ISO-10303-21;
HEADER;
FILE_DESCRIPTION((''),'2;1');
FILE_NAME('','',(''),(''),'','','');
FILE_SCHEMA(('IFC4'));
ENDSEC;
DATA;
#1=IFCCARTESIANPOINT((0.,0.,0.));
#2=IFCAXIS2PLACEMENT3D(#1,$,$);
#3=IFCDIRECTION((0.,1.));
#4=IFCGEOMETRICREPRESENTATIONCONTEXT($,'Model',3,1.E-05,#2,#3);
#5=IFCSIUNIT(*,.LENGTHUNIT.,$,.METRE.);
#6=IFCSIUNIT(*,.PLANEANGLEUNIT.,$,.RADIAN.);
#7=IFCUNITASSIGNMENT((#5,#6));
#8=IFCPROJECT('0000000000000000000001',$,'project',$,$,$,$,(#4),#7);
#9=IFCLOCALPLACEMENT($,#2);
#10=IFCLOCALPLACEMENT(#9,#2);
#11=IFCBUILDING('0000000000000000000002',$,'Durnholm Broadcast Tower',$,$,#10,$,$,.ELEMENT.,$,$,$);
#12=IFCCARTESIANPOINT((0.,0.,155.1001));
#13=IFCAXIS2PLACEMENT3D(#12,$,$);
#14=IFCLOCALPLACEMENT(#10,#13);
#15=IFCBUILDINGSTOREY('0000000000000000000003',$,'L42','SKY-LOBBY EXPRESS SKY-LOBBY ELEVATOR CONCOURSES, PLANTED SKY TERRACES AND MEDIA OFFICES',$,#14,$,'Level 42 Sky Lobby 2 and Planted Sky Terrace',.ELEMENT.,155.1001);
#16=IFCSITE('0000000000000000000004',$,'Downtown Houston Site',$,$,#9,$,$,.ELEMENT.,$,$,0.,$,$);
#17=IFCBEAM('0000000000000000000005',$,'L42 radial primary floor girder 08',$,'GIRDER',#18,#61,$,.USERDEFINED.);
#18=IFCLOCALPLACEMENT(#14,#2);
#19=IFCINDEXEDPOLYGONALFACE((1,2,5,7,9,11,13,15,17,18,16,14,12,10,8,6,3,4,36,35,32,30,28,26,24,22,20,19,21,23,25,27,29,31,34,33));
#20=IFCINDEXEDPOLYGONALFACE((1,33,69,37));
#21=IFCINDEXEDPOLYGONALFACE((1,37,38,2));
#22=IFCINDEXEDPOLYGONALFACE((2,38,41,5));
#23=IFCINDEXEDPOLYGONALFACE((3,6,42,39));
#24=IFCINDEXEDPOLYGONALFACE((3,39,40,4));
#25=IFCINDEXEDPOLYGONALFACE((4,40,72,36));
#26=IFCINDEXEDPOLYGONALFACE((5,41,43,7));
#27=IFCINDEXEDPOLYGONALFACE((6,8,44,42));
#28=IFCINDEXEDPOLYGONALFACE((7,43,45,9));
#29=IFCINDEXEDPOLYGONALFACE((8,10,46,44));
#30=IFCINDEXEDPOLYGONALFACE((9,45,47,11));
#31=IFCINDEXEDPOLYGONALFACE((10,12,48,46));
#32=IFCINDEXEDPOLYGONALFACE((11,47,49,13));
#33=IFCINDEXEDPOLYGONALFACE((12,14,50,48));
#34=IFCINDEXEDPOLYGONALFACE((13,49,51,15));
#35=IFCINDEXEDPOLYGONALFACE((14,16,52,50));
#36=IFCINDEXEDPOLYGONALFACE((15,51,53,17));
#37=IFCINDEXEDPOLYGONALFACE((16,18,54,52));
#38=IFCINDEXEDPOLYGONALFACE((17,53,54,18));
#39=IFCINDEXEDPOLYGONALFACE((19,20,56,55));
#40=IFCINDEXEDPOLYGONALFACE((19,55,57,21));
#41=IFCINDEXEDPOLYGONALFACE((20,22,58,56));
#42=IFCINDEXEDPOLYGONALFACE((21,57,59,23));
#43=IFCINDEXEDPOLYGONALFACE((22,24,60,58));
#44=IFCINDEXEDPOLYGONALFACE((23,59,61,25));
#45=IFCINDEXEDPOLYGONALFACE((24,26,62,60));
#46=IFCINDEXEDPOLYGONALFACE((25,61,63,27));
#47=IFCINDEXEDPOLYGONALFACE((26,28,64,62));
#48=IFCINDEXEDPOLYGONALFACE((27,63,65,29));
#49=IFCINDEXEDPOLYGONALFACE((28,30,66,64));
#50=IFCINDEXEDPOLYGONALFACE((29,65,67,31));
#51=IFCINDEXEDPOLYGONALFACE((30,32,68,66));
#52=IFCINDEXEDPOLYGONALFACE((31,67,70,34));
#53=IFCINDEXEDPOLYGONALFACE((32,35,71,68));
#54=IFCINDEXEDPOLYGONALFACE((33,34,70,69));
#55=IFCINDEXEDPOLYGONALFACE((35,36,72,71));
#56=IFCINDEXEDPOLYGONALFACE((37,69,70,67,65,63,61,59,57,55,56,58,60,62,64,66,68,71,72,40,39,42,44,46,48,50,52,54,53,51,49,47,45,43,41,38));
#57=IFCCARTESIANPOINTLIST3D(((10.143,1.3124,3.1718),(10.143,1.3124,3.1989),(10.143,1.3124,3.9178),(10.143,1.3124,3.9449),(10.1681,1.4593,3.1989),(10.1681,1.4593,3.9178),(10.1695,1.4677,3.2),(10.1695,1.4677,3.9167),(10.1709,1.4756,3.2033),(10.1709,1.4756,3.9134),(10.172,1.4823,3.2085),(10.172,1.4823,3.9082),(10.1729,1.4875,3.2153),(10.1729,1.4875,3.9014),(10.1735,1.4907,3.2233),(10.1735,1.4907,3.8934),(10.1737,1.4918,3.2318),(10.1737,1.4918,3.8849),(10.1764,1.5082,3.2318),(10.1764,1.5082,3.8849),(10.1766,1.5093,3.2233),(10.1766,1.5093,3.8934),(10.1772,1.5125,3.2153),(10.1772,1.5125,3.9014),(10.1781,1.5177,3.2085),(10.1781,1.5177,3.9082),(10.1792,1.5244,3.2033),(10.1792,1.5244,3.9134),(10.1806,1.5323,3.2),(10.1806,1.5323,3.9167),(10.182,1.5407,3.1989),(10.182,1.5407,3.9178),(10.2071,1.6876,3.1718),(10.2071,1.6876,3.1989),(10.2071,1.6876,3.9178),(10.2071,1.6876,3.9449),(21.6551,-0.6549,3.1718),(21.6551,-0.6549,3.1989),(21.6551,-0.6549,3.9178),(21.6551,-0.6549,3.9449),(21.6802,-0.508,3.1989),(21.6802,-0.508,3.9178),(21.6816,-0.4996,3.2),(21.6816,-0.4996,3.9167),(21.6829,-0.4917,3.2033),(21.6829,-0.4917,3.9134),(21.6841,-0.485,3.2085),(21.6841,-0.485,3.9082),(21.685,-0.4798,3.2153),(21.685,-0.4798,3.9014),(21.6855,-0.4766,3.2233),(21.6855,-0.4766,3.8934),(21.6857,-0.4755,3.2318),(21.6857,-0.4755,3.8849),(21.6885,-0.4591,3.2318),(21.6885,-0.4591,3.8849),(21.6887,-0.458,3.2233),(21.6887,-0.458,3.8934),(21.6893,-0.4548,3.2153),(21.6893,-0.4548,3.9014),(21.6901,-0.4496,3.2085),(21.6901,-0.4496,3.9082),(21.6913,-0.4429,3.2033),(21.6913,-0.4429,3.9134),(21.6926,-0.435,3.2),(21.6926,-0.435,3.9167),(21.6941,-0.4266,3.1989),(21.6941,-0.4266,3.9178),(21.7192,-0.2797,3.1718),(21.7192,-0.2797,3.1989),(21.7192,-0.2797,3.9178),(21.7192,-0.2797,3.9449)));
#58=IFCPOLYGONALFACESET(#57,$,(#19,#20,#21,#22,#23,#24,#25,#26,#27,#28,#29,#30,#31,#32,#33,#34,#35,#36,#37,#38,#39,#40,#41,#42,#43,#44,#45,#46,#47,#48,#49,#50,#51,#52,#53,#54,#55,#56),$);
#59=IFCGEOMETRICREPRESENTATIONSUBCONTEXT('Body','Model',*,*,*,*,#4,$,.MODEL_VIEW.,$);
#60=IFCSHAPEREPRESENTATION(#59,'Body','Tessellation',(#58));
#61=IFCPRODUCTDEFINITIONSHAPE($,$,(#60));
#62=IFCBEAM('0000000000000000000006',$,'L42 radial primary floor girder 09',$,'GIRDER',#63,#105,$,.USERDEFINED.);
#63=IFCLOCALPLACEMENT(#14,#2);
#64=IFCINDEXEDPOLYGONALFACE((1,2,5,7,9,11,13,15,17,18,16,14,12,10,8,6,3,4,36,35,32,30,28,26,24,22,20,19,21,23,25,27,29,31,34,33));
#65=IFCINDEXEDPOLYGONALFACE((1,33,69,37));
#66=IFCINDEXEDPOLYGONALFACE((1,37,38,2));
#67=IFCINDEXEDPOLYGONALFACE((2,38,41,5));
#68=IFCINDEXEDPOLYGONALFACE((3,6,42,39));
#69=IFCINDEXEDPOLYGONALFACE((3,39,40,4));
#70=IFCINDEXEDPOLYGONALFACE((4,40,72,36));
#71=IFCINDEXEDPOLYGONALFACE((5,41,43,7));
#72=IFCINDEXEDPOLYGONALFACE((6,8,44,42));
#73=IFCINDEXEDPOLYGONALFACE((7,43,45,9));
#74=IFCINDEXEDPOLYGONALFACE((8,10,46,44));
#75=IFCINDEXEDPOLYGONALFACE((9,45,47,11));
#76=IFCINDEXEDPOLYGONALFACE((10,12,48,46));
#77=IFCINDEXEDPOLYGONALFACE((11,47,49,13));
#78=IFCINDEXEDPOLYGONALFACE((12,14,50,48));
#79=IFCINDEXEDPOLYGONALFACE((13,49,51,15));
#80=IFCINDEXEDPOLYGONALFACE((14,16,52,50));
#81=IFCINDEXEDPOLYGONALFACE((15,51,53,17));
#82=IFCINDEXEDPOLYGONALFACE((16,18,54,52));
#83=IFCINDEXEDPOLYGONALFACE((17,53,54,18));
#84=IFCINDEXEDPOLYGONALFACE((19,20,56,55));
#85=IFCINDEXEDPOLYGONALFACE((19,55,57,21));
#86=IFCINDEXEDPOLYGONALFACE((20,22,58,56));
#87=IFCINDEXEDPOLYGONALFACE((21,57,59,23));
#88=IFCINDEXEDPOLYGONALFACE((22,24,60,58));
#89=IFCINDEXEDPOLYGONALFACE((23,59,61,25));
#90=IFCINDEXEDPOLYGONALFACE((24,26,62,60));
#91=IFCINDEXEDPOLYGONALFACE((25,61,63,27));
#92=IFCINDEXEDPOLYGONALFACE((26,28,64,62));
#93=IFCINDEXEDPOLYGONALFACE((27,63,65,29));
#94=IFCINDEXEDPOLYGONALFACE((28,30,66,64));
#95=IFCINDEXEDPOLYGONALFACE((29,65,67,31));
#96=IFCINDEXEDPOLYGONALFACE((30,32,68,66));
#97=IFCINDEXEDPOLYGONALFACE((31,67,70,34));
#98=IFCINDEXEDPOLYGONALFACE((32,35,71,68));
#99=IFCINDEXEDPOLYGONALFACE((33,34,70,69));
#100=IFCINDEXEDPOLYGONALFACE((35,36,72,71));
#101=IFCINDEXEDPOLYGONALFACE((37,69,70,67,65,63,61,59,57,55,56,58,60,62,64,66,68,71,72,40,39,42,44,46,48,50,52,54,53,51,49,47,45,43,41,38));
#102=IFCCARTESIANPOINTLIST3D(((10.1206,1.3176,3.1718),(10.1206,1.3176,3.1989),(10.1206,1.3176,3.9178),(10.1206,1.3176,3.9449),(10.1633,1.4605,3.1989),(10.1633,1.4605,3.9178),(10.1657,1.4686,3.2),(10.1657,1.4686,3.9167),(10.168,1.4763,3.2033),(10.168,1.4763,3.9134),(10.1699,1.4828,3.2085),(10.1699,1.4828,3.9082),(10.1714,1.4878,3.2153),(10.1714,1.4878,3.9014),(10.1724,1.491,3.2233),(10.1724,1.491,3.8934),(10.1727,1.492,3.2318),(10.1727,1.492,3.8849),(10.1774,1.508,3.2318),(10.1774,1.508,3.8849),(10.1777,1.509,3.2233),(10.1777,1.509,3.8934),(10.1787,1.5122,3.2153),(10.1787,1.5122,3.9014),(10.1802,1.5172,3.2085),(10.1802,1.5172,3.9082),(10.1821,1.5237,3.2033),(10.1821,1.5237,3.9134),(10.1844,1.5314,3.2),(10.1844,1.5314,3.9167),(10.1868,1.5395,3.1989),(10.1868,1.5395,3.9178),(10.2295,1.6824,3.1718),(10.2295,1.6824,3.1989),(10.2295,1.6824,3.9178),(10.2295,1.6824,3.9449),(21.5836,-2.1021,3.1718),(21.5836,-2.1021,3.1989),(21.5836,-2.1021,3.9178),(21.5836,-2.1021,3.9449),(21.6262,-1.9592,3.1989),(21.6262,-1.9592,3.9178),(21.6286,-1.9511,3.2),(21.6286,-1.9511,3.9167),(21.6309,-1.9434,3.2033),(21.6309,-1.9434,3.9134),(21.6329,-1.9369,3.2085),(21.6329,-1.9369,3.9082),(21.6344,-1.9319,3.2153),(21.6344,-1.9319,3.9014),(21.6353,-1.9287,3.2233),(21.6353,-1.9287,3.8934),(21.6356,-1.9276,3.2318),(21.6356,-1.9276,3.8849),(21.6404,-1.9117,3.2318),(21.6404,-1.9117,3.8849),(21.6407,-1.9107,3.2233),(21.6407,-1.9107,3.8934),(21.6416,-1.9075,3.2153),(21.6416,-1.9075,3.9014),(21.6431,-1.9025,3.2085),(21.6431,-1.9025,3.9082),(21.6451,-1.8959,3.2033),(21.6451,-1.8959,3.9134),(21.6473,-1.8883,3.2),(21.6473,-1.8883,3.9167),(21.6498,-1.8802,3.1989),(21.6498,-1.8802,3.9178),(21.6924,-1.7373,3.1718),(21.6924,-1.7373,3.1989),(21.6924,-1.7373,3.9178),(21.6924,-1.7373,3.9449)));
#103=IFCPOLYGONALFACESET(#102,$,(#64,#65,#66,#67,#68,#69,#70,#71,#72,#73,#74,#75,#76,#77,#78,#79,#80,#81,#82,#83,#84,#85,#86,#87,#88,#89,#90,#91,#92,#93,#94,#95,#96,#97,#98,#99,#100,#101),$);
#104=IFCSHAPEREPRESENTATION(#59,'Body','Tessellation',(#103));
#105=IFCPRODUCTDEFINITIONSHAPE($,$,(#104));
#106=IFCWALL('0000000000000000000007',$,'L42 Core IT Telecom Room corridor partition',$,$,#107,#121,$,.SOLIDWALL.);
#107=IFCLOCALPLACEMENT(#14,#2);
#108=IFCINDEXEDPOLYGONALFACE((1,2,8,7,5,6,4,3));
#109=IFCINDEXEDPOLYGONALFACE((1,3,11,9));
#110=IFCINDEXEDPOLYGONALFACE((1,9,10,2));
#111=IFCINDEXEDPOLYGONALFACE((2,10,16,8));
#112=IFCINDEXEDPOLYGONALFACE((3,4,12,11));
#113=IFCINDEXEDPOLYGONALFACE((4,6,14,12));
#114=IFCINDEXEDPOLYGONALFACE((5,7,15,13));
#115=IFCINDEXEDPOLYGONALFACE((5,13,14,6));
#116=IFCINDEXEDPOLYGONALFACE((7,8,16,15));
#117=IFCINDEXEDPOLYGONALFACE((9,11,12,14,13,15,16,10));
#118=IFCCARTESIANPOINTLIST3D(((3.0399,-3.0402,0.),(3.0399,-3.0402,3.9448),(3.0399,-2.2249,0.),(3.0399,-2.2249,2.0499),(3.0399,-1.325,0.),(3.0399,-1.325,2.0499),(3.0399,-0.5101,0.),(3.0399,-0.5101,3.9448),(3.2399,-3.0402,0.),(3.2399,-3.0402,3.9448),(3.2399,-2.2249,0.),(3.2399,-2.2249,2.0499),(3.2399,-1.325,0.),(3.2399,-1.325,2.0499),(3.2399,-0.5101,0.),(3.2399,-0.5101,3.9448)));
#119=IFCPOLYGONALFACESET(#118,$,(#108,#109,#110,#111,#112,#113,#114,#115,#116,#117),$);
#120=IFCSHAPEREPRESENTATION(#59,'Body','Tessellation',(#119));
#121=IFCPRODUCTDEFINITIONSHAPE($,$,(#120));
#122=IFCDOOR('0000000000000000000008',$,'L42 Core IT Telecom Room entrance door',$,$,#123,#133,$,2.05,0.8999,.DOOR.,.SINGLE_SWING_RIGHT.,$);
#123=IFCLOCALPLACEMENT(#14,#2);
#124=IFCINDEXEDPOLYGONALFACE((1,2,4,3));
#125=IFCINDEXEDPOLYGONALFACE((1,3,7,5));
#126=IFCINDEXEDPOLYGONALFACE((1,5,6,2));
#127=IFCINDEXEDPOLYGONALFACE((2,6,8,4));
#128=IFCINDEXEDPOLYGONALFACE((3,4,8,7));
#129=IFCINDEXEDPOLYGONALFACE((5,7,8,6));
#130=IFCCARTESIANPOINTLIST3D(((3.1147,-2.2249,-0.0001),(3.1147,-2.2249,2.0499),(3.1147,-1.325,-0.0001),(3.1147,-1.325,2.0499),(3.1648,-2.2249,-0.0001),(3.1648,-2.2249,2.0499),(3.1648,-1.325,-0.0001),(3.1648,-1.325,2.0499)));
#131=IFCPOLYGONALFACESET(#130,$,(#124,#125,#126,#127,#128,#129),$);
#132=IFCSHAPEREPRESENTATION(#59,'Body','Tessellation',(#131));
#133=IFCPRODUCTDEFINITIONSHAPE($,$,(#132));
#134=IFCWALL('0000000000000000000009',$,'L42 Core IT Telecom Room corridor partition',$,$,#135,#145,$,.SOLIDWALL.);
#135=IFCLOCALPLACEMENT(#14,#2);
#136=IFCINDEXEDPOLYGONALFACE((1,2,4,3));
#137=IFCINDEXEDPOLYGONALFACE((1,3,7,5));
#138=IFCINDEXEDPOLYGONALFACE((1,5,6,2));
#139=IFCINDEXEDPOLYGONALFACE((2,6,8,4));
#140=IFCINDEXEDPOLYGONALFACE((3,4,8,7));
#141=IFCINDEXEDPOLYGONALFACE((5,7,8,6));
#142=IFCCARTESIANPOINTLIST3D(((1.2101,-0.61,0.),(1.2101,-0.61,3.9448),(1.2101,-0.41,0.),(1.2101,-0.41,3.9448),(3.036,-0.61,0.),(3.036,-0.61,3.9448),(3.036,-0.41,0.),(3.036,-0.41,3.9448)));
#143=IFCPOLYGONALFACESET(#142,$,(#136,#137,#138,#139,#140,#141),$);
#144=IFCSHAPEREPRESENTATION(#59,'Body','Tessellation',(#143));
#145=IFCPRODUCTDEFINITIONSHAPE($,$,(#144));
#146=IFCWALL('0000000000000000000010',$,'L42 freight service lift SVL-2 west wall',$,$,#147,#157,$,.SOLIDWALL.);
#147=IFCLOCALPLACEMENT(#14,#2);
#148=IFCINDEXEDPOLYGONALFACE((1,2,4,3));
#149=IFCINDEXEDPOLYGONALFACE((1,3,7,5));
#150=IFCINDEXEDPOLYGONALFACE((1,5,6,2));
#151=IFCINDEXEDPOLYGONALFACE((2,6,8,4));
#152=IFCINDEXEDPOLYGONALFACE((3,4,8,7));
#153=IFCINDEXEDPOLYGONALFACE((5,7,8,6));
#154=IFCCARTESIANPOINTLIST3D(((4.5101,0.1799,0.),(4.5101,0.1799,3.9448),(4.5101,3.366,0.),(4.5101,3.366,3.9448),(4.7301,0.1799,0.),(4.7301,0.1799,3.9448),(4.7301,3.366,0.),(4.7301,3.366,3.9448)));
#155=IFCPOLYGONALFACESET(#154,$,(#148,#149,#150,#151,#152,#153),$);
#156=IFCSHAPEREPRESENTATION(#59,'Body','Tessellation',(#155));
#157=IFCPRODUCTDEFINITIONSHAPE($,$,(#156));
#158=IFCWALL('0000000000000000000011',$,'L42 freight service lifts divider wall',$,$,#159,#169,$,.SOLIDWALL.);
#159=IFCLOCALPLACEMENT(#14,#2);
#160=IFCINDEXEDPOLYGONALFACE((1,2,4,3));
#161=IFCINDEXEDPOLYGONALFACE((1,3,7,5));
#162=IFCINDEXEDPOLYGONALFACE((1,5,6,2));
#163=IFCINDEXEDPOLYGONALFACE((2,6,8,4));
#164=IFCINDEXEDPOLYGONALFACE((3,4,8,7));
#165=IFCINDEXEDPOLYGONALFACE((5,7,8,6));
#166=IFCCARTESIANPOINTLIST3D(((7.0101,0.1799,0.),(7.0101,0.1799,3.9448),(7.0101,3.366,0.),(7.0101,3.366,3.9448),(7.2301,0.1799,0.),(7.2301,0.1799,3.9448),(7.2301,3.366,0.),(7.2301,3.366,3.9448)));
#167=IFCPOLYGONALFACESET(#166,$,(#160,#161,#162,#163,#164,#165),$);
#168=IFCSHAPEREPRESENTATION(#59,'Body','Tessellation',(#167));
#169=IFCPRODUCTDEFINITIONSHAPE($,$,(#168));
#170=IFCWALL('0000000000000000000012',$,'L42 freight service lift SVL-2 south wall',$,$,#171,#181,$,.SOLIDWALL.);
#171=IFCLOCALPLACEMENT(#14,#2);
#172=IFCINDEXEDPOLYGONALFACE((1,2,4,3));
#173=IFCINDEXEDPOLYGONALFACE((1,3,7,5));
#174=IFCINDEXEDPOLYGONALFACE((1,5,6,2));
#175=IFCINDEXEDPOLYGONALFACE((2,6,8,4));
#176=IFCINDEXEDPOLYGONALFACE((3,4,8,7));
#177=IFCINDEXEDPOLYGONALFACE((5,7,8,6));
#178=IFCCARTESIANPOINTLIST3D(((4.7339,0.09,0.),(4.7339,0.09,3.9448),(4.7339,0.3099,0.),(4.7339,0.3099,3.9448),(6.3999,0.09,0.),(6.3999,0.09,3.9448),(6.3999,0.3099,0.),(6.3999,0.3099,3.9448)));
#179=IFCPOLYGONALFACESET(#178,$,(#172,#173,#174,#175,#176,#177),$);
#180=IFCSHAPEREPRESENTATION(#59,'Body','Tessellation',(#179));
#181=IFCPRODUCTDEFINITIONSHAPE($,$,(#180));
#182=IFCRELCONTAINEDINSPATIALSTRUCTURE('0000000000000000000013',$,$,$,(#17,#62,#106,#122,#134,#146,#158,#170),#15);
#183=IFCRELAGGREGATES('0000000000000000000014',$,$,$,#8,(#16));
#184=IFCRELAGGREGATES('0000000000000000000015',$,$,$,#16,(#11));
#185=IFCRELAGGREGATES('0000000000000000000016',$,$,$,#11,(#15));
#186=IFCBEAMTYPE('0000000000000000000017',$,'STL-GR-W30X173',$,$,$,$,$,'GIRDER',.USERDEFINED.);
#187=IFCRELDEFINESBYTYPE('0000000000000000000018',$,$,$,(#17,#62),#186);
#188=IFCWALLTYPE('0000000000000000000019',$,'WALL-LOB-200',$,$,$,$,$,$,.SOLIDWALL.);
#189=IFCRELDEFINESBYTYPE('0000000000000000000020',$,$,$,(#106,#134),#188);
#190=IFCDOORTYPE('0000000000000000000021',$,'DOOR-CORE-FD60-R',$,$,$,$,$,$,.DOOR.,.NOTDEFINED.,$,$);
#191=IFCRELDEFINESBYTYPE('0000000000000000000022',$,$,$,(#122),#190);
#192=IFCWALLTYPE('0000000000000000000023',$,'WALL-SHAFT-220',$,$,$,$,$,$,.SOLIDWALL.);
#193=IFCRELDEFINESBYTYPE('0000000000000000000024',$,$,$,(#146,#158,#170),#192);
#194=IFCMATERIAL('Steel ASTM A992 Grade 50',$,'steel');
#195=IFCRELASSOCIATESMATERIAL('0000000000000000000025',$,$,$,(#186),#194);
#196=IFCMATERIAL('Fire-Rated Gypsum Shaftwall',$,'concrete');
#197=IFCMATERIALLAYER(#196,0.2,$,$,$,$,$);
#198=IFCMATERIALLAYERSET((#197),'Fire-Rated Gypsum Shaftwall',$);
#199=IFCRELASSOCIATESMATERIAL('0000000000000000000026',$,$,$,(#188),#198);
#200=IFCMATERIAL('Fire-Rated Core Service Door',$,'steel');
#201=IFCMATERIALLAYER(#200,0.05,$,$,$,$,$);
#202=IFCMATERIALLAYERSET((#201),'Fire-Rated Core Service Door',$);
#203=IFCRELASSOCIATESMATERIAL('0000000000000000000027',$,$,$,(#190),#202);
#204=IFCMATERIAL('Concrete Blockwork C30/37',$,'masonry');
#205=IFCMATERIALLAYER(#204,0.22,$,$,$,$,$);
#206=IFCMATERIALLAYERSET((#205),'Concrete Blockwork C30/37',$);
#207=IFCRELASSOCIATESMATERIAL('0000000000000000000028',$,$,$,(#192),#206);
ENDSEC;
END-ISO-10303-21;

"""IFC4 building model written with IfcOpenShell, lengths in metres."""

from ifc_helpers import new_model, si_unit, direction, frame, frame_2d, origin, origin_2d, place, context, subcontext, project, spatial, rectangle, i_section, extrude, source, transform, mapped, material, layer, layer_set, material_profile, profile_set, type_object, type_shapes, element, fill, save


model = new_model("IFC4")

# Units and contexts
model_context = context("Model", 3, precision=1e-05, world=origin(), true_north=direction((0.0, 1.0)))
body_context = subcontext(model_context, "Body", "Model", "MODEL_VIEW")
ifc_project = project(units=[si_unit("LENGTHUNIT", "METRE"), si_unit("PLANEANGLEUNIT", "RADIAN")], contexts=[model_context])

# Site, building, storey
site_placement = place(None, origin())
site = spatial("IfcSite", under=ifc_project, at=site_placement, Name="Downtown Houston Site", CompositionType="ELEMENT", RefElevation=0.0)
building_placement = place(site_placement, origin())
building = spatial("IfcBuilding", under=site, at=building_placement, Name="Durnholm Broadcast Tower", CompositionType="ELEMENT")
storey_placement = place(building_placement, frame((0.0, 0.0, 155.1001)))
storey = spatial("IfcBuildingStorey", under=building, at=storey_placement, Name="L42", Description="SKY-LOBBY EXPRESS SKY-LOBBY ELEVATOR CONCOURSES, PLANTED SKY TERRACES AND MEDIA OFFICES", LongName="Level 42 Sky Lobby 2 and Planted Sky Terrace", CompositionType="ELEMENT", Elevation=155.1001)

# Beams
ifc_material_1 = material(Name="Steel ASTM A992 Grade 50", Category="steel")
ifc_material_profile = material_profile(ifc_material_1, i_section(OverallWidth=0.3806, OverallDepth=0.7732, WebThickness=0.0166, FlangeThickness=0.0271, FilletRadius=0.033, at=origin_2d()), Name="W30X173")
ifc_profile_set = profile_set([ifc_material_profile], Name="Steel ASTM A992 Grade 50")
beam_type = type_object("IfcBeamType", Name="STL-GR-W30X173", ElementType="GIRDER", PredefinedType="USERDEFINED", material=ifc_profile_set)
shared_shape_1 = source(origin(), body_context, "Body", "SweptSolid", [
    extrude(i_section(OverallWidth=0.3806, OverallDepth=0.7732, WebThickness=0.0166, FlangeThickness=0.0271, FilletRadius=0.033, at=origin_2d()), origin(), (0.0, 0.0, 1.0), 11.679),
])
beam_1_placement = place(storey_placement, frame((10.175, 1.5, 3.5583), z_axis=(0.98571, -0.168449, 0.0), x_axis=(0.168449, 0.98571, 0.0)))
element("IfcBeam", 1, at=beam_1_placement, inside=storey, type_object=beam_type, Name="L42 radial primary floor girder 08", ObjectType="GIRDER", PredefinedType="USERDEFINED", context=body_context, shape_type="MappedRepresentation", body=[
    mapped(shared_shape_1, transform((0.0, 0.0, 0.0), x_axis=(1.0, 0.0, 0.0), y_axis=(0.0, 1.0, 0.0), z_axis=(0.0, 0.0, 1.0), scale=1.0)),
])
shared_shape_2 = source(origin(), body_context, "Body", "SweptSolid", [
    extrude(i_section(OverallWidth=0.3806, OverallDepth=0.7732, WebThickness=0.0166, FlangeThickness=0.0271, FilletRadius=0.033, at=origin_2d()), origin(), (0.0, 0.0, 1.0), 11.9622),
])
type_shapes(beam_type, [shared_shape_1, shared_shape_2])
beam_2_placement = place(storey_placement, frame((10.175, 1.5, 3.5583), z_axis=(0.958267, -0.285876, 0.0), x_axis=(0.285876, 0.958267, 0.0)))
element("IfcBeam", 2, at=beam_2_placement, inside=storey, type_object=beam_type, Name="L42 radial primary floor girder 09", ObjectType="GIRDER", PredefinedType="USERDEFINED", context=body_context, shape_type="MappedRepresentation", body=[
    mapped(shared_shape_2, transform((0.0, 0.0, 0.0), x_axis=(1.0, 0.0, 0.0), y_axis=(0.0, 1.0, 0.0), z_axis=(0.0, 0.0, 1.0), scale=1.0)),
])

# Wall, opening, door
ifc_material_2 = material(Name="Fire-Rated Gypsum Shaftwall", Category="concrete")
ifc_layer_1 = layer(ifc_material_2, 0.2)
ifc_layer_set_1 = layer_set([ifc_layer_1], Name="Fire-Rated Gypsum Shaftwall")
wall_type_1 = type_object("IfcWallType", Name="WALL-LOB-200", PredefinedType="SOLIDWALL", material=ifc_layer_set_1)
wall_1_placement = place(storey_placement, frame((3.1399, -0.51, 0.0), z_axis=(0.0, 0.0, 1.0), x_axis=(0.0, -1.0, 0.0)))
wall_1 = element("IfcWall", 3, at=wall_1_placement, inside=storey, type_object=wall_type_1, Name="L42 Core IT Telecom Room corridor partition", PredefinedType="SOLIDWALL", context=body_context, shape_type="SweptSolid", body=[
    extrude(rectangle(XDim=2.53, YDim=0.2, at=frame_2d((1.2651, 0.0))), origin(), (0.0, 0.0, 1.0), 3.9448),
])
opening_1_placement = place(wall_1_placement, frame((0.8149, 0.0, 0.0)))
opening_1 = element("IfcOpeningElement", 4, at=opening_1_placement, cuts=wall_1, PredefinedType="OPENING", context=body_context, shape_type="SweptSolid", body=[
    extrude(rectangle(XDim=0.8999, YDim=2.05, at=frame_2d((0.45, 1.0249))), frame((0.0, 0.1099, 0.0), z_axis=(0.0, -1.0, 0.0), x_axis=(1.0, 0.0, 0.0)), (0.0, 0.0, 1.0), 0.22),
])
ifc_material_3 = material(Name="Fire-Rated Core Service Door", Category="steel")
ifc_layer_2 = layer(ifc_material_3, 0.05)
ifc_layer_set_2 = layer_set([ifc_layer_2], Name="Fire-Rated Core Service Door")
door_type_1 = type_object("IfcDoorType", Name="DOOR-CORE-FD60-R", OperationType="NOTDEFINED", PredefinedType="DOOR", material=ifc_layer_set_2)
shared_shape_3 = source(origin(), body_context, "Body", "SweptSolid", [
    extrude(rectangle(XDim=0.8999, YDim=2.05, at=frame_2d((0.45, 1.0249))), frame((0.0, 0.0249, 0.0), z_axis=(0.0, -1.0, 0.0), x_axis=(1.0, 0.0, 0.0)), (0.0, 0.0, 1.0), 0.05),
])
type_shapes(door_type_1, [shared_shape_3])
door_1_placement = place(opening_1_placement, origin())
door_1 = element("IfcDoor", 5, at=door_1_placement, inside=storey, type_object=door_type_1, Name="L42 Core IT Telecom Room entrance door", OperationType="SINGLE_SWING_RIGHT", OverallHeight=2.05, OverallWidth=0.8999, PredefinedType="DOOR", context=body_context, shape_type="MappedRepresentation", body=[
    mapped(shared_shape_3, transform((0.0, 0.0, 0.0), x_axis=(1.0, 0.0, 0.0), y_axis=(0.0, 1.0, 0.0), z_axis=(0.0, 0.0, 1.0), scale=1.0)),
])
fill(opening_1, door_1)

# Wall
wall_2_placement = place(storey_placement, frame((1.21, -0.51, 0.0), z_axis=(0.0, 0.0, 1.0), x_axis=(1.0, 0.0, 0.0)))
element("IfcWall", 6, at=wall_2_placement, inside=storey, type_object=wall_type_1, Name="L42 Core IT Telecom Room corridor partition", PredefinedType="SOLIDWALL", context=body_context, shape_type="SweptSolid", body=[
    extrude(rectangle(XDim=1.8259, YDim=0.2, at=frame_2d((0.9131, 0.0))), origin(), (0.0, 0.0, 1.0), 3.9448),
])

# Shared definitions
ifc_material_4 = material(Name="Concrete Blockwork C30/37", Category="masonry")
ifc_layer_3 = layer(ifc_material_4, 0.22)
ifc_layer_set_3 = layer_set([ifc_layer_3], Name="Concrete Blockwork C30/37")
wall_type_2 = type_object("IfcWallType", Name="WALL-SHAFT-220", PredefinedType="SOLIDWALL", material=ifc_layer_set_3)

# Walls
for number, where, z_axis, x_axis, name in (
    (7, (4.6201, 0.1799, 0.0), (0.0, 0.0, 1.0), (0.0, 1.0, 0.0), "L42 freight service lift SVL-2 west wall"),
    (8, (7.1201, 0.1799, 0.0), (0.0, 0.0, 1.0), (0.0, 1.0, 0.0), "L42 freight service lifts divider wall"),
):
    element("IfcWall", number, at=place(storey_placement, frame(where, z_axis=z_axis, x_axis=x_axis)), inside=storey, type_object=wall_type_2, Name=name, PredefinedType="SOLIDWALL", context=body_context, shape_type="SweptSolid", body=[
        extrude(rectangle(XDim=3.186, YDim=0.22, at=frame_2d((1.593, 0.0))), origin(), (0.0, 0.0, 1.0), 3.9448),
    ])
wall_3_placement = place(storey_placement, frame((4.7339, 0.2, 0.0), z_axis=(0.0, 0.0, 1.0), x_axis=(1.0, 0.0, 0.0)))
element("IfcWall", 9, at=wall_3_placement, inside=storey, type_object=wall_type_2, Name="L42 freight service lift SVL-2 south wall", PredefinedType="SOLIDWALL", context=body_context, shape_type="SweptSolid", body=[
    extrude(rectangle(XDim=1.666, YDim=0.22, at=frame_2d((0.833, 0.0))), origin(), (0.0, 0.0, 1.0), 3.9448),
])

save(model, "model.ifc")
